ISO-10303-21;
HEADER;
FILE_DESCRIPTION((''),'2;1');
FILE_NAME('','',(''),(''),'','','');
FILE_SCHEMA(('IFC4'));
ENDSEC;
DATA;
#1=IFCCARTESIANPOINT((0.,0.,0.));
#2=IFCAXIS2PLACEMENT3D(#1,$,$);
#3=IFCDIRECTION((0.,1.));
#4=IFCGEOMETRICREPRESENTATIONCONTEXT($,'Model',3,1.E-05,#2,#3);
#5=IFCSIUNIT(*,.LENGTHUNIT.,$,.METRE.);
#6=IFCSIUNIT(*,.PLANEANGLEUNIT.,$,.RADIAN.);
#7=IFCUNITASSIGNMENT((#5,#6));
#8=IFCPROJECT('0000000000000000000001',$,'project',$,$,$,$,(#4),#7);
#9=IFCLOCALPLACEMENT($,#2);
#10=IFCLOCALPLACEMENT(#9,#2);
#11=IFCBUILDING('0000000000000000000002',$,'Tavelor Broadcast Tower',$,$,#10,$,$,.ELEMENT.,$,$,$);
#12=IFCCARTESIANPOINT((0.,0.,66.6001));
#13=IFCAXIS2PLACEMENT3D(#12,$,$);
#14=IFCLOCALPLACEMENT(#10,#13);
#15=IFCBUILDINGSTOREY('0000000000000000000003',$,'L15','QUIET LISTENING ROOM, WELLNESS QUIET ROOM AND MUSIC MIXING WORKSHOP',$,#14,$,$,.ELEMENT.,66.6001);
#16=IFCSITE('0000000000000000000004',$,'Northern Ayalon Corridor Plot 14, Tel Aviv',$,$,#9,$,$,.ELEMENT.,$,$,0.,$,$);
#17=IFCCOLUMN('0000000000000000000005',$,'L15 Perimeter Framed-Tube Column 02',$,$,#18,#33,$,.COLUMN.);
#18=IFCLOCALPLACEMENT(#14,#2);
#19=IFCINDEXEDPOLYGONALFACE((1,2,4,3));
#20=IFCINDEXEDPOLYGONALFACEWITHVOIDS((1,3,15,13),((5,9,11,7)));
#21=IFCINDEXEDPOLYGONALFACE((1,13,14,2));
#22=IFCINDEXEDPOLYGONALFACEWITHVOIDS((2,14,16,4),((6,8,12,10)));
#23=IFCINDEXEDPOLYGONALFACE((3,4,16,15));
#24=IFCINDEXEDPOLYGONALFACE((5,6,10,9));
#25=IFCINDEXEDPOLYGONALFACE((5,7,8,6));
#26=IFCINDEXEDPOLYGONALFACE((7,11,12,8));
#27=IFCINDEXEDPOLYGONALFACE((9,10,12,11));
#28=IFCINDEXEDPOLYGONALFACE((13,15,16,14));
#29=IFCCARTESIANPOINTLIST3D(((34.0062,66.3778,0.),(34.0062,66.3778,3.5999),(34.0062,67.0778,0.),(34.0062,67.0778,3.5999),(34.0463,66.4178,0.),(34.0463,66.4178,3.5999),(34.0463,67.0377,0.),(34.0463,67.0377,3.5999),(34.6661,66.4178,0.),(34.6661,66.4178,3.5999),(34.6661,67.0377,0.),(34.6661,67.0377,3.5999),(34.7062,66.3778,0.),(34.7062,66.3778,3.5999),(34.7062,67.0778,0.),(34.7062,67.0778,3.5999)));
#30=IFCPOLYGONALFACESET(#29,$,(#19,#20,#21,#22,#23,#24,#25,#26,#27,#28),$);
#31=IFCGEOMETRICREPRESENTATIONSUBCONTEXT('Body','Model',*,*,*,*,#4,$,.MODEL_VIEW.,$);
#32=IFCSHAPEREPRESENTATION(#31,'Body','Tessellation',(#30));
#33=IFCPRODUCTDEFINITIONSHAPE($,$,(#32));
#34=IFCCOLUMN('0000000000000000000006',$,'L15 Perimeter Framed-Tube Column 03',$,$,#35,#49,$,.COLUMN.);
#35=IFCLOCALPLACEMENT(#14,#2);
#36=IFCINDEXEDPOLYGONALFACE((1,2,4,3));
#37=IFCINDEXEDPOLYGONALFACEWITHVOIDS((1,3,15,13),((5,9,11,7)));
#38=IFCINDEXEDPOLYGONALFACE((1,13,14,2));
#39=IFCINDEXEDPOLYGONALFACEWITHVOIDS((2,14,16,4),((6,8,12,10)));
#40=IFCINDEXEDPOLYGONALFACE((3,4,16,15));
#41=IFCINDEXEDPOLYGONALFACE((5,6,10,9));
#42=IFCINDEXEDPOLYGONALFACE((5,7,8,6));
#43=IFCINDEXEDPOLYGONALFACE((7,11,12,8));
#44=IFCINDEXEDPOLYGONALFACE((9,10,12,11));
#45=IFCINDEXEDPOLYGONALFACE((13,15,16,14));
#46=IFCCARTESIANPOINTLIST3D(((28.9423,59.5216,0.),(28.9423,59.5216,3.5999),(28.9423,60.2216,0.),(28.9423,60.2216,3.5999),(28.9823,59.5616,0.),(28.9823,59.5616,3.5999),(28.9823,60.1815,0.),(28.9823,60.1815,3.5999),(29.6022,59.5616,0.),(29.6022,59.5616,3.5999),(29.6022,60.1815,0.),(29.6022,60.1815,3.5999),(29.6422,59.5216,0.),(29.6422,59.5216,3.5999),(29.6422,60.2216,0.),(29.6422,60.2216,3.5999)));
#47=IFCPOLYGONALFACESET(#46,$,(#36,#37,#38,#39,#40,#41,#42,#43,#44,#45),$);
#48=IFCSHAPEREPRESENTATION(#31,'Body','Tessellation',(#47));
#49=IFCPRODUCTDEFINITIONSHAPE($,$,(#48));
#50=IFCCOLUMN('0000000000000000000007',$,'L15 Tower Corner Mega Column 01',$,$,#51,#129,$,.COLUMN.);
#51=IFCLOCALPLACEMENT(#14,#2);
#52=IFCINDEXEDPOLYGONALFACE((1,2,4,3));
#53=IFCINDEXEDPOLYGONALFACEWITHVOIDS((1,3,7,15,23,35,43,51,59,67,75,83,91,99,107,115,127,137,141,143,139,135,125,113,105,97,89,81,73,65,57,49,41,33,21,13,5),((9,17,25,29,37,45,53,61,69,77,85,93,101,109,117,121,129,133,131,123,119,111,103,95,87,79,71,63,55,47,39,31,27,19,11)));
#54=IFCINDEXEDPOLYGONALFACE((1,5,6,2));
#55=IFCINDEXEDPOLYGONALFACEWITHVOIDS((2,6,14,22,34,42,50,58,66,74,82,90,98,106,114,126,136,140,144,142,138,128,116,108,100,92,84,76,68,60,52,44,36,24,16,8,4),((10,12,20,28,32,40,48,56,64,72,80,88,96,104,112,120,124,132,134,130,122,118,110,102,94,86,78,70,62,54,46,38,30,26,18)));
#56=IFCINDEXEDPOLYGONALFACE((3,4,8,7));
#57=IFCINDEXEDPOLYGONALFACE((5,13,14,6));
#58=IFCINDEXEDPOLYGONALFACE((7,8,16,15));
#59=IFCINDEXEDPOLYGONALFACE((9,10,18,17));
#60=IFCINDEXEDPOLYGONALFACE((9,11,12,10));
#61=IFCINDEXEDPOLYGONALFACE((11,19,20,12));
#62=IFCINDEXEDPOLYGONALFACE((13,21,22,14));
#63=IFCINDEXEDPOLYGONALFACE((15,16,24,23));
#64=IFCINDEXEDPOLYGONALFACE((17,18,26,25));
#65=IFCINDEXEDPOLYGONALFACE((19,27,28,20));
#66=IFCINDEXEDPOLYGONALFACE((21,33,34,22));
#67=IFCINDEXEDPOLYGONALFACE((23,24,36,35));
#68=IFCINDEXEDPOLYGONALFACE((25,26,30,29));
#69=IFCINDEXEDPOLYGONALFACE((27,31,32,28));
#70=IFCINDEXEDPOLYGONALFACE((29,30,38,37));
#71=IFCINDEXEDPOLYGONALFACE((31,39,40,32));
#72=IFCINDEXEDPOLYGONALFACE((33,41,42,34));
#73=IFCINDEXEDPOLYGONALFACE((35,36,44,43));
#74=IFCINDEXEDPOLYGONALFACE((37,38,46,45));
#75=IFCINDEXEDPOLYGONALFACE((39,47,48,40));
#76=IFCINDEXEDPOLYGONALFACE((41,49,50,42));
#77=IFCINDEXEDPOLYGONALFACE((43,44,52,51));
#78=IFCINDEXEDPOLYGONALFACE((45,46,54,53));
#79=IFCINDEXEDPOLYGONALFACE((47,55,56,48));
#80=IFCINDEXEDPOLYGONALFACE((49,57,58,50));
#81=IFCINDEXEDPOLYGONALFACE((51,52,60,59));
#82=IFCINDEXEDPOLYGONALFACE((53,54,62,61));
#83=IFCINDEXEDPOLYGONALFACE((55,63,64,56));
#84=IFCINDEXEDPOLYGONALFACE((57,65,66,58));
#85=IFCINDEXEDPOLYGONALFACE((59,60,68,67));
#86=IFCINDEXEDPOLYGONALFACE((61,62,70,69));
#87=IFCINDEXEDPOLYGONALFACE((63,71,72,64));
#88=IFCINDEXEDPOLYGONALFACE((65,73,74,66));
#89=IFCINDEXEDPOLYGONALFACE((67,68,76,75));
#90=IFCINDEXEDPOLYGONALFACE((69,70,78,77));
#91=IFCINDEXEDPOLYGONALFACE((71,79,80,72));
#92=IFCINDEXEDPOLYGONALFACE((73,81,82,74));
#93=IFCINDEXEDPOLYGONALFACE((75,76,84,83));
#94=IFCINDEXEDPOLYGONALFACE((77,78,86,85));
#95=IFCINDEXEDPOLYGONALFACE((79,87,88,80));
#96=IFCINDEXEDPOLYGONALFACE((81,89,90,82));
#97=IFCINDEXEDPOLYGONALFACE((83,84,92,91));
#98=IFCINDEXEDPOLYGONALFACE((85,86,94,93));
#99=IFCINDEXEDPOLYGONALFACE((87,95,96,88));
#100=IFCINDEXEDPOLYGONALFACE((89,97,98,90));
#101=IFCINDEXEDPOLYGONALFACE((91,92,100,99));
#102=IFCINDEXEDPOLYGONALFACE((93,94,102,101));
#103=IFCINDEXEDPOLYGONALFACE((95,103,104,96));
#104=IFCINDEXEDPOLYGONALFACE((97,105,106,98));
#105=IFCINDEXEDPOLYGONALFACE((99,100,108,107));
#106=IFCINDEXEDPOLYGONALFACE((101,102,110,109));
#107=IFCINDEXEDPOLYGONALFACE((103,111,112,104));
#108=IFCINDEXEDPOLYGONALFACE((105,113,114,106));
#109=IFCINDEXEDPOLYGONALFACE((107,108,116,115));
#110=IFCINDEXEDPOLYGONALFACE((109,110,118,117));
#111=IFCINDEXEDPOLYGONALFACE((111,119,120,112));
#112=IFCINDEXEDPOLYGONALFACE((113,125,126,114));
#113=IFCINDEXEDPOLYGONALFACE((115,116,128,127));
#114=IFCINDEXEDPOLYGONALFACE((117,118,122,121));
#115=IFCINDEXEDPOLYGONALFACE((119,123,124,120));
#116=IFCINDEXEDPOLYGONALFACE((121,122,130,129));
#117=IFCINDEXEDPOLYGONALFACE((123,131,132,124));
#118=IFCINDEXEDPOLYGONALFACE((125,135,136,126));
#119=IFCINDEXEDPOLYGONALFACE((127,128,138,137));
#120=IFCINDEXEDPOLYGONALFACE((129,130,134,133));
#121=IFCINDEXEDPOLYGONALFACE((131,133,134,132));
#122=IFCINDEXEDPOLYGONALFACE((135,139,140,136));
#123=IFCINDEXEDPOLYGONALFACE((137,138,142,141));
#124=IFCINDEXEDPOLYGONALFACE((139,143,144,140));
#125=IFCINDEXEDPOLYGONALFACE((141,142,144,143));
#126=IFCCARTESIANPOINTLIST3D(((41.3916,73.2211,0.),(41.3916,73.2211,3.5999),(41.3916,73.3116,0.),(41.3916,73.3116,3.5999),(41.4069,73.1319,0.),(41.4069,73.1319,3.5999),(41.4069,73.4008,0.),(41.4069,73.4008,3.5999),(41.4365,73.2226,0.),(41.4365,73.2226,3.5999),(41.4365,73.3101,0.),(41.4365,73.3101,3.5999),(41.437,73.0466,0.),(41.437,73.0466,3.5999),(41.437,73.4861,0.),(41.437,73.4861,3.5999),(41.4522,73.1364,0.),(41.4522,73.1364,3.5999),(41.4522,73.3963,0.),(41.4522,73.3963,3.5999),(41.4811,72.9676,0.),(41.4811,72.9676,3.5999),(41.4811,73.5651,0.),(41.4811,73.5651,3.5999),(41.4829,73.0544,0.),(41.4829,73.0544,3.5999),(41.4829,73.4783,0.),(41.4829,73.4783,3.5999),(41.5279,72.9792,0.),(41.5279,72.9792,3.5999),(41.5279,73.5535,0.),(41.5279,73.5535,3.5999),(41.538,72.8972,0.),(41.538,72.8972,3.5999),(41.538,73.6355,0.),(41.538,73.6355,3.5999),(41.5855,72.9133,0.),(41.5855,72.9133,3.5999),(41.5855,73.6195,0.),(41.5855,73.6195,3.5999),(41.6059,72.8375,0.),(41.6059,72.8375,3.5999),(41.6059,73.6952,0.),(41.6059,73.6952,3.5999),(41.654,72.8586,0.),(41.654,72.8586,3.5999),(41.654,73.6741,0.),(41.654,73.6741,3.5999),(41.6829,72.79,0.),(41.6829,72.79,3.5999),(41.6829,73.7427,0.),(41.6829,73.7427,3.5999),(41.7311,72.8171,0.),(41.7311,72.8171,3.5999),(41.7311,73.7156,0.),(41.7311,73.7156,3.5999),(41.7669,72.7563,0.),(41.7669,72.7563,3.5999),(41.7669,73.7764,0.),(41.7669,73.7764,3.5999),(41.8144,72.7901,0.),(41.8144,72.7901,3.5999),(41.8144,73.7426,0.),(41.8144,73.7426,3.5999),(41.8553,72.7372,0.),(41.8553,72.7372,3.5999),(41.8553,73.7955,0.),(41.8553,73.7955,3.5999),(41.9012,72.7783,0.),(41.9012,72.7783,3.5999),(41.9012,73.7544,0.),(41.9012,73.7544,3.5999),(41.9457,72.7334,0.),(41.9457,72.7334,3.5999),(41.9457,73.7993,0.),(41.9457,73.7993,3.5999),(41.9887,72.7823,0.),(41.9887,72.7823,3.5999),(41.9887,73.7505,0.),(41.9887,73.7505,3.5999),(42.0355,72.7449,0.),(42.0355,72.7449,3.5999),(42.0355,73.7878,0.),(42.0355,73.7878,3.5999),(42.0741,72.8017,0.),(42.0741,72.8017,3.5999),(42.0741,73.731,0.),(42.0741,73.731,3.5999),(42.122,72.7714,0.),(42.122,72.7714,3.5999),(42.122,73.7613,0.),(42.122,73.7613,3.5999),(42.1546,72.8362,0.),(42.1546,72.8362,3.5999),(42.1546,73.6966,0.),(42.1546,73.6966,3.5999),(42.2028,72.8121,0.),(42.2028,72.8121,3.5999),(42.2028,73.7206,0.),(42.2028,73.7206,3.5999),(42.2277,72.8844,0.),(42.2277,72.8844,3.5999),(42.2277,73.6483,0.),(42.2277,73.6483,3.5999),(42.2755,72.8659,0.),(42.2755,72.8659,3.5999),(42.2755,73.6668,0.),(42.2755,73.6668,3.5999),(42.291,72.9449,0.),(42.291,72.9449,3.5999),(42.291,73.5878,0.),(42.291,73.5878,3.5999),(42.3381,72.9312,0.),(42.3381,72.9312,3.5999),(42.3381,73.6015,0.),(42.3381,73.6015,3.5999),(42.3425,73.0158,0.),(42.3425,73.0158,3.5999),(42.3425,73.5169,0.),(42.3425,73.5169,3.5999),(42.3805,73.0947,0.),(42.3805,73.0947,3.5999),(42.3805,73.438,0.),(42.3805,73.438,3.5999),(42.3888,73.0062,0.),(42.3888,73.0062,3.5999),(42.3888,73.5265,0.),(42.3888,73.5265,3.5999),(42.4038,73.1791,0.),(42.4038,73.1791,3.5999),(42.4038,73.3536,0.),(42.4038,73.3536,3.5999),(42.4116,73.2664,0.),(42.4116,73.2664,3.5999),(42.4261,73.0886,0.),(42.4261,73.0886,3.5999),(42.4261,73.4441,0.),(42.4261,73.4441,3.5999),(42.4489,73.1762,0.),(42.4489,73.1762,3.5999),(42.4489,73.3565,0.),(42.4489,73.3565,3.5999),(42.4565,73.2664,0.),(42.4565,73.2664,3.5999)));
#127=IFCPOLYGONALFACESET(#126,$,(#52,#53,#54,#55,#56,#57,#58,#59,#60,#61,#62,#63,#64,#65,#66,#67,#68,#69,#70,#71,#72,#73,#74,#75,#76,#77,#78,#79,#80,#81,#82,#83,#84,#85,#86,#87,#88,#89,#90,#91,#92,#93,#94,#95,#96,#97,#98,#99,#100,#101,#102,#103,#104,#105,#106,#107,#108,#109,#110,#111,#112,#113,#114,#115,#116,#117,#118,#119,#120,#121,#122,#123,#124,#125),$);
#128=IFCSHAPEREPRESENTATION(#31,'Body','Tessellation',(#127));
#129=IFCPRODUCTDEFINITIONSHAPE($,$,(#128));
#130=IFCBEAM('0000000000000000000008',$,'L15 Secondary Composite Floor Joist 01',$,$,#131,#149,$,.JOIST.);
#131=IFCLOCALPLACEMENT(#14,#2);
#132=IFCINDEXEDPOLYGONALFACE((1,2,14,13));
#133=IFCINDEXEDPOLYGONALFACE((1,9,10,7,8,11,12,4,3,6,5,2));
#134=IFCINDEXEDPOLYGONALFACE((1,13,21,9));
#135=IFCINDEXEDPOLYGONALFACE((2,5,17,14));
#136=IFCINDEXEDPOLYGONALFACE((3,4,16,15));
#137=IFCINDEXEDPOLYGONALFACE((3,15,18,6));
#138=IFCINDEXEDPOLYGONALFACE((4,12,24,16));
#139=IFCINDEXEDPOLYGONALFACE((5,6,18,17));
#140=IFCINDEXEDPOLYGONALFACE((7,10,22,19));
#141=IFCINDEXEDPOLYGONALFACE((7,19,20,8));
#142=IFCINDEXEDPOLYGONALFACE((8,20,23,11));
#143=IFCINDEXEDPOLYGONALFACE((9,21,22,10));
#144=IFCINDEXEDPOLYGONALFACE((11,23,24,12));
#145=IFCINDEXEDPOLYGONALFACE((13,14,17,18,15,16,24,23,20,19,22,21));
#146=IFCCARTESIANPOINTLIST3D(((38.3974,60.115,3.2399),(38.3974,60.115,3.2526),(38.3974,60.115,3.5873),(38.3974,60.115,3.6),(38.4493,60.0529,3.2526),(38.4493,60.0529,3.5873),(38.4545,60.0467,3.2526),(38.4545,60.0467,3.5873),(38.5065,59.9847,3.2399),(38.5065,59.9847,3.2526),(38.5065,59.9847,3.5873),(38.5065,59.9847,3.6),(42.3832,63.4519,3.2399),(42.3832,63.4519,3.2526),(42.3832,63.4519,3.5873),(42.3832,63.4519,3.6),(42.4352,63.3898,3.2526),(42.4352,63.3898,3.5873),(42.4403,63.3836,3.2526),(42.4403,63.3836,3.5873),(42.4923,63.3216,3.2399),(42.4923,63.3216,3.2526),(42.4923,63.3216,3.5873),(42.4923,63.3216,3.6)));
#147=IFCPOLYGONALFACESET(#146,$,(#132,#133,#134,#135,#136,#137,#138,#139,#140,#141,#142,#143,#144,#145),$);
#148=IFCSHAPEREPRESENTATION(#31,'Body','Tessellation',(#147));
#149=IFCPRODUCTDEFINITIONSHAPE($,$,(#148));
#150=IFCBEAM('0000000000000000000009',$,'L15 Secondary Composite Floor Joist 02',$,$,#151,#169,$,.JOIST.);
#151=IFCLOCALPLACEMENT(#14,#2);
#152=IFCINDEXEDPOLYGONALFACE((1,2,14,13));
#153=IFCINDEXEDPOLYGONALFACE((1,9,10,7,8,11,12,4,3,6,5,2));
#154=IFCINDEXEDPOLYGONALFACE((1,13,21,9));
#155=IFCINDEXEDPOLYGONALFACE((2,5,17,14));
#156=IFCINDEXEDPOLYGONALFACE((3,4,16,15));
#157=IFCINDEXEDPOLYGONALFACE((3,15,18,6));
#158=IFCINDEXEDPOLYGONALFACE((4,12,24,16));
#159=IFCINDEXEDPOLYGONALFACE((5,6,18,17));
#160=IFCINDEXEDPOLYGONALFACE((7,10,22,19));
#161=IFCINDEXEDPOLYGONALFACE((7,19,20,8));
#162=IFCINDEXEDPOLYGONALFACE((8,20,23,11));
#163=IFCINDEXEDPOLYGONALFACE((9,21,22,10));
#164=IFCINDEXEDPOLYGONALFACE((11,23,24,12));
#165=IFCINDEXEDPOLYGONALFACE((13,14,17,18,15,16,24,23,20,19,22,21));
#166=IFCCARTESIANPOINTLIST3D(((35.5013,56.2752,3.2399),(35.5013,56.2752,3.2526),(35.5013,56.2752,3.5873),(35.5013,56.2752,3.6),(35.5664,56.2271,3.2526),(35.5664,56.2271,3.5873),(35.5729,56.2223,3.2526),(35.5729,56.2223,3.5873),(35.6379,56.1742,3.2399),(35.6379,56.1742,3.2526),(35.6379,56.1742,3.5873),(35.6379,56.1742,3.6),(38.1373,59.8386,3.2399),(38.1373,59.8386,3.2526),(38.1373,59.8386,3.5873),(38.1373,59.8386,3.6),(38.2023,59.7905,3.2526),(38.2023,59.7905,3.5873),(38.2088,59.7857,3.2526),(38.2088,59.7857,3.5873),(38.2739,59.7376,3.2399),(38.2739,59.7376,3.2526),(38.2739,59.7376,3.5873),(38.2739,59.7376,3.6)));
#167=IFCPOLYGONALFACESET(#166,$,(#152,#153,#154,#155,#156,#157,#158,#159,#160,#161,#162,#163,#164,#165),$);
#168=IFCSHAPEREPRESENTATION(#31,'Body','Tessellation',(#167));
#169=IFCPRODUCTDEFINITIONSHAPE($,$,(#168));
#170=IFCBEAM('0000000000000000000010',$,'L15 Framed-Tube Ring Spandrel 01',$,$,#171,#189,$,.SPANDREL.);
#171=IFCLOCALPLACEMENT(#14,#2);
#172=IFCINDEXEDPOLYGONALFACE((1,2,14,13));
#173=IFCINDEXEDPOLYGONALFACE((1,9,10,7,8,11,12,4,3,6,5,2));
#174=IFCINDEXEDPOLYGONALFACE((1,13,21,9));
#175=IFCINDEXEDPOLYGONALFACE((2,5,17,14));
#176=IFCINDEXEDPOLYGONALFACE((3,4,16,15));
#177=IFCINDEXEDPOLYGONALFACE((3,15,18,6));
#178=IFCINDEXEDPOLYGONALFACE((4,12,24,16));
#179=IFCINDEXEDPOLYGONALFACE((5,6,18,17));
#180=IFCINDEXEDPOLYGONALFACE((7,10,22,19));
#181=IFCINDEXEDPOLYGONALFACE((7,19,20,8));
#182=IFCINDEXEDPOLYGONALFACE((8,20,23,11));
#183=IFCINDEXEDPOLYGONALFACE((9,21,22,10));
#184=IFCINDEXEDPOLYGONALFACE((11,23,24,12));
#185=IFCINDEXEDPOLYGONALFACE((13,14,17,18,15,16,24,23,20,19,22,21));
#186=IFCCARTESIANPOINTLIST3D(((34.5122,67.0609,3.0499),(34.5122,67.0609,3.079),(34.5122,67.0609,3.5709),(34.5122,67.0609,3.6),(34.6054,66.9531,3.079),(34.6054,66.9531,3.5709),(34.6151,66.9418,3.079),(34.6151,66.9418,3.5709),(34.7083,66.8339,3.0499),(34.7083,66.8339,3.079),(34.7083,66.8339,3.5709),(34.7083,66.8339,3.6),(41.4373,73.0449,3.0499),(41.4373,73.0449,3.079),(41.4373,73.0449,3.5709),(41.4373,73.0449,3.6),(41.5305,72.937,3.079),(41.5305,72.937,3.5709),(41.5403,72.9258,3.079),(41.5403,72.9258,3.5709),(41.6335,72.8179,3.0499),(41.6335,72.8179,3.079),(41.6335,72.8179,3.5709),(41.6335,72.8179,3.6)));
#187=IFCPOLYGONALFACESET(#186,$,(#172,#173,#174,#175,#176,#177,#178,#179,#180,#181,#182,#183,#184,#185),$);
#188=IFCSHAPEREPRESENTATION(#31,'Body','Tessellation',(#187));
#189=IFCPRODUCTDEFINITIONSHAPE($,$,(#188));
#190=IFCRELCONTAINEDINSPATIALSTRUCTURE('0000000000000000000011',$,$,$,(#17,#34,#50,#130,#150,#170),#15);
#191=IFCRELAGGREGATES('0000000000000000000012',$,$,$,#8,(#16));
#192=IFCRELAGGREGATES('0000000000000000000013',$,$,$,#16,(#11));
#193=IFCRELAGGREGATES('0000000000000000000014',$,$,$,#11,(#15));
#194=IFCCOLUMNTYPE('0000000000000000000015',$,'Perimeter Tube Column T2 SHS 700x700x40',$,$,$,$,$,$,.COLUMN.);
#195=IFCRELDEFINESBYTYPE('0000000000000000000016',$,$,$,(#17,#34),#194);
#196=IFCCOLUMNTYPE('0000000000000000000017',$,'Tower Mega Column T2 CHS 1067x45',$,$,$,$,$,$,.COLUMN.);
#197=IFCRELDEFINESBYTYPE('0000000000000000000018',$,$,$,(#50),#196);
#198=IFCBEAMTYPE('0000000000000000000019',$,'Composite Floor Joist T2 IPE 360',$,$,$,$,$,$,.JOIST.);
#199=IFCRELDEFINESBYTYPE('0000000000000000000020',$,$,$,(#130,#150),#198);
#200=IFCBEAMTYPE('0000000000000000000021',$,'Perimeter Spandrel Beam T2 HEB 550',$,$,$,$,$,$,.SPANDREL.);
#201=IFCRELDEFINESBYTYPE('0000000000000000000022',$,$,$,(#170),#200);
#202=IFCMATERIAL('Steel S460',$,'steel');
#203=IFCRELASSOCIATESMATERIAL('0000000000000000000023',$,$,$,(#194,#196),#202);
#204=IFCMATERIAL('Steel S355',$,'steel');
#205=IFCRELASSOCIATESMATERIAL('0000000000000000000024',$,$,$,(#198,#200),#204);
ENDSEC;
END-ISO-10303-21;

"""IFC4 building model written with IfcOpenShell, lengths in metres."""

from ifc_helpers import new_model, si_unit, direction, frame, origin, origin_2d, place, context, subcontext, project, spatial, hollow_rectangle, hollow_circle, i_section, extrude, material, material_profile, profile_set, type_object, element, save


model = new_model("IFC4")

# Units and contexts
model_context = context("Model", 3, precision=1e-05, world=origin(), true_north=direction((0.0, 1.0)))
body_context = subcontext(model_context, "Body", "Model", "MODEL_VIEW")
ifc_project = project(units=[si_unit("LENGTHUNIT", "METRE"), si_unit("PLANEANGLEUNIT", "RADIAN")], contexts=[model_context])

# Site, building, storey
site_placement = place(None, origin())
site = spatial("IfcSite", under=ifc_project, at=site_placement, Name="Northern Ayalon Corridor Plot 14, Tel Aviv", CompositionType="ELEMENT", RefElevation=0.0)
building_placement = place(site_placement, origin())
building = spatial("IfcBuilding", under=site, at=building_placement, Name="Tavelor Broadcast Tower", CompositionType="ELEMENT")
storey_placement = place(building_placement, frame((0.0, 0.0, 66.6001)))
storey = spatial("IfcBuildingStorey", under=building, at=storey_placement, Name="L15", Description="QUIET LISTENING ROOM, WELLNESS QUIET ROOM AND MUSIC MIXING WORKSHOP", CompositionType="ELEMENT", Elevation=66.6001)

# Columns
ifc_material_1 = material(Name="Steel S460", Category="steel")
ifc_material_profile_1 = material_profile(ifc_material_1, hollow_rectangle(XDim=0.7, YDim=0.7, WallThickness=0.04, at=origin_2d()), Name="SHS 700x700x40")
ifc_profile_set_1 = profile_set([ifc_material_profile_1], Name="Steel S460")
column_type_1 = type_object("IfcColumnType", Name="Perimeter Tube Column T2 SHS 700x700x40", PredefinedType="COLUMN", material=ifc_profile_set_1)
for number, where, z_axis, x_axis, name in (
    (1, (34.3562, 66.7278, 0.0), (0.0, 0.0, 1.0), (1.0, 0.0, 0.0), "L15 Perimeter Framed-Tube Column 02"),
    (2, (29.2922, 59.8716, 0.0), (0.0, 0.0, 1.0), (1.0, 0.0, 0.0), "L15 Perimeter Framed-Tube Column 03"),
):
    element("IfcColumn", number, at=place(storey_placement, frame(where, z_axis=z_axis, x_axis=x_axis)), inside=storey, type_object=column_type_1, Name=name, PredefinedType="COLUMN", context=body_context, shape_type="SweptSolid", body=[
        extrude(hollow_rectangle(XDim=0.7, YDim=0.7, WallThickness=0.04, at=origin_2d()), origin(), (0.0, 0.0, 1.0), 3.5999),
    ])
ifc_material_profile_2 = material_profile(ifc_material_1, hollow_circle(Radius=0.5334, WallThickness=0.0449, at=origin_2d()), Name="CHS 1067x45")
ifc_profile_set_2 = profile_set([ifc_material_profile_2], Name="Steel S460")
column_type_2 = type_object("IfcColumnType", Name="Tower Mega Column T2 CHS 1067x45", PredefinedType="COLUMN", material=ifc_profile_set_2)
column_placement = place(storey_placement, frame((41.9231, 73.2664, 0.0), z_axis=(0.0, 0.0, 1.0), x_axis=(1.0, 0.0, 0.0)))
element("IfcColumn", 3, at=column_placement, inside=storey, type_object=column_type_2, Name="L15 Tower Corner Mega Column 01", PredefinedType="COLUMN", context=body_context, shape_type="SweptSolid", body=[
    extrude(hollow_circle(Radius=0.5334, WallThickness=0.0449, at=origin_2d()), origin(), (0.0, 0.0, 1.0), 3.5999),
])

# Beams
ifc_material_2 = material(Name="Steel S355", Category="steel")
ifc_material_profile_3 = material_profile(ifc_material_2, i_section(OverallWidth=0.1699, OverallDepth=0.3601, WebThickness=0.0081, FlangeThickness=0.0127, at=origin_2d()), Name="IPE 360")
ifc_profile_set_3 = profile_set([ifc_material_profile_3], Name="Steel S355")
beam_type_1 = type_object("IfcBeamType", Name="Composite Floor Joist T2 IPE 360", PredefinedType="JOIST", material=ifc_profile_set_3)
beam_1_placement = place(storey_placement, frame((42.4377, 63.3867, 3.4199), z_axis=(-0.766764, -0.641929, 0.0), x_axis=(0.641929, -0.766764, 0.0)))
element("IfcBeam", 4, at=beam_1_placement, inside=storey, type_object=beam_type_1, Name="L15 Secondary Composite Floor Joist 01", PredefinedType="JOIST", context=body_context, shape_type="SweptSolid", body=[
    extrude(i_section(OverallWidth=0.1699, OverallDepth=0.3601, WebThickness=0.0081, FlangeThickness=0.0127, at=origin_2d()), origin(), (0.0, 0.0, 1.0), 5.1982),
])
beam_2_placement = place(storey_placement, frame((38.2056, 59.7881, 3.4199), z_axis=(-0.594699, -0.803948, 0.0), x_axis=(0.803948, -0.594699, 0.0)))
element("IfcBeam", 5, at=beam_2_placement, inside=storey, type_object=beam_type_1, Name="L15 Secondary Composite Floor Joist 02", PredefinedType="JOIST", context=body_context, shape_type="SweptSolid", body=[
    extrude(i_section(OverallWidth=0.1699, OverallDepth=0.3601, WebThickness=0.0081, FlangeThickness=0.0127, at=origin_2d()), origin(), (0.0, 0.0, 1.0), 4.4324),
])
ifc_material_profile_4 = material_profile(ifc_material_2, i_section(OverallWidth=0.3, OverallDepth=0.55, WebThickness=0.0149, FlangeThickness=0.0291, at=origin_2d()), Name="HEB 550")
ifc_profile_set_4 = profile_set([ifc_material_profile_4], Name="Steel S355")
beam_type_2 = type_object("IfcBeamType", Name="Perimeter Spandrel Beam T2 HEB 550", PredefinedType="SPANDREL", material=ifc_profile_set_4)
beam_3_placement = place(storey_placement, frame((41.5354, 72.9314, 3.325), z_axis=(-0.756652, -0.653818, 0.0), x_axis=(0.653818, -0.756652, 0.0)))
element("IfcBeam", 6, at=beam_3_placement, inside=storey, type_object=beam_type_2, Name="L15 Framed-Tube Ring Spandrel 01", PredefinedType="SPANDREL", context=body_context, shape_type="SweptSolid", body=[
    extrude(i_section(OverallWidth=0.3, OverallDepth=0.55, WebThickness=0.0149, FlangeThickness=0.0291, at=origin_2d()), origin(), (0.0, 0.0, 1.0), 9.1523),
])

save(model, "model.ifc")
